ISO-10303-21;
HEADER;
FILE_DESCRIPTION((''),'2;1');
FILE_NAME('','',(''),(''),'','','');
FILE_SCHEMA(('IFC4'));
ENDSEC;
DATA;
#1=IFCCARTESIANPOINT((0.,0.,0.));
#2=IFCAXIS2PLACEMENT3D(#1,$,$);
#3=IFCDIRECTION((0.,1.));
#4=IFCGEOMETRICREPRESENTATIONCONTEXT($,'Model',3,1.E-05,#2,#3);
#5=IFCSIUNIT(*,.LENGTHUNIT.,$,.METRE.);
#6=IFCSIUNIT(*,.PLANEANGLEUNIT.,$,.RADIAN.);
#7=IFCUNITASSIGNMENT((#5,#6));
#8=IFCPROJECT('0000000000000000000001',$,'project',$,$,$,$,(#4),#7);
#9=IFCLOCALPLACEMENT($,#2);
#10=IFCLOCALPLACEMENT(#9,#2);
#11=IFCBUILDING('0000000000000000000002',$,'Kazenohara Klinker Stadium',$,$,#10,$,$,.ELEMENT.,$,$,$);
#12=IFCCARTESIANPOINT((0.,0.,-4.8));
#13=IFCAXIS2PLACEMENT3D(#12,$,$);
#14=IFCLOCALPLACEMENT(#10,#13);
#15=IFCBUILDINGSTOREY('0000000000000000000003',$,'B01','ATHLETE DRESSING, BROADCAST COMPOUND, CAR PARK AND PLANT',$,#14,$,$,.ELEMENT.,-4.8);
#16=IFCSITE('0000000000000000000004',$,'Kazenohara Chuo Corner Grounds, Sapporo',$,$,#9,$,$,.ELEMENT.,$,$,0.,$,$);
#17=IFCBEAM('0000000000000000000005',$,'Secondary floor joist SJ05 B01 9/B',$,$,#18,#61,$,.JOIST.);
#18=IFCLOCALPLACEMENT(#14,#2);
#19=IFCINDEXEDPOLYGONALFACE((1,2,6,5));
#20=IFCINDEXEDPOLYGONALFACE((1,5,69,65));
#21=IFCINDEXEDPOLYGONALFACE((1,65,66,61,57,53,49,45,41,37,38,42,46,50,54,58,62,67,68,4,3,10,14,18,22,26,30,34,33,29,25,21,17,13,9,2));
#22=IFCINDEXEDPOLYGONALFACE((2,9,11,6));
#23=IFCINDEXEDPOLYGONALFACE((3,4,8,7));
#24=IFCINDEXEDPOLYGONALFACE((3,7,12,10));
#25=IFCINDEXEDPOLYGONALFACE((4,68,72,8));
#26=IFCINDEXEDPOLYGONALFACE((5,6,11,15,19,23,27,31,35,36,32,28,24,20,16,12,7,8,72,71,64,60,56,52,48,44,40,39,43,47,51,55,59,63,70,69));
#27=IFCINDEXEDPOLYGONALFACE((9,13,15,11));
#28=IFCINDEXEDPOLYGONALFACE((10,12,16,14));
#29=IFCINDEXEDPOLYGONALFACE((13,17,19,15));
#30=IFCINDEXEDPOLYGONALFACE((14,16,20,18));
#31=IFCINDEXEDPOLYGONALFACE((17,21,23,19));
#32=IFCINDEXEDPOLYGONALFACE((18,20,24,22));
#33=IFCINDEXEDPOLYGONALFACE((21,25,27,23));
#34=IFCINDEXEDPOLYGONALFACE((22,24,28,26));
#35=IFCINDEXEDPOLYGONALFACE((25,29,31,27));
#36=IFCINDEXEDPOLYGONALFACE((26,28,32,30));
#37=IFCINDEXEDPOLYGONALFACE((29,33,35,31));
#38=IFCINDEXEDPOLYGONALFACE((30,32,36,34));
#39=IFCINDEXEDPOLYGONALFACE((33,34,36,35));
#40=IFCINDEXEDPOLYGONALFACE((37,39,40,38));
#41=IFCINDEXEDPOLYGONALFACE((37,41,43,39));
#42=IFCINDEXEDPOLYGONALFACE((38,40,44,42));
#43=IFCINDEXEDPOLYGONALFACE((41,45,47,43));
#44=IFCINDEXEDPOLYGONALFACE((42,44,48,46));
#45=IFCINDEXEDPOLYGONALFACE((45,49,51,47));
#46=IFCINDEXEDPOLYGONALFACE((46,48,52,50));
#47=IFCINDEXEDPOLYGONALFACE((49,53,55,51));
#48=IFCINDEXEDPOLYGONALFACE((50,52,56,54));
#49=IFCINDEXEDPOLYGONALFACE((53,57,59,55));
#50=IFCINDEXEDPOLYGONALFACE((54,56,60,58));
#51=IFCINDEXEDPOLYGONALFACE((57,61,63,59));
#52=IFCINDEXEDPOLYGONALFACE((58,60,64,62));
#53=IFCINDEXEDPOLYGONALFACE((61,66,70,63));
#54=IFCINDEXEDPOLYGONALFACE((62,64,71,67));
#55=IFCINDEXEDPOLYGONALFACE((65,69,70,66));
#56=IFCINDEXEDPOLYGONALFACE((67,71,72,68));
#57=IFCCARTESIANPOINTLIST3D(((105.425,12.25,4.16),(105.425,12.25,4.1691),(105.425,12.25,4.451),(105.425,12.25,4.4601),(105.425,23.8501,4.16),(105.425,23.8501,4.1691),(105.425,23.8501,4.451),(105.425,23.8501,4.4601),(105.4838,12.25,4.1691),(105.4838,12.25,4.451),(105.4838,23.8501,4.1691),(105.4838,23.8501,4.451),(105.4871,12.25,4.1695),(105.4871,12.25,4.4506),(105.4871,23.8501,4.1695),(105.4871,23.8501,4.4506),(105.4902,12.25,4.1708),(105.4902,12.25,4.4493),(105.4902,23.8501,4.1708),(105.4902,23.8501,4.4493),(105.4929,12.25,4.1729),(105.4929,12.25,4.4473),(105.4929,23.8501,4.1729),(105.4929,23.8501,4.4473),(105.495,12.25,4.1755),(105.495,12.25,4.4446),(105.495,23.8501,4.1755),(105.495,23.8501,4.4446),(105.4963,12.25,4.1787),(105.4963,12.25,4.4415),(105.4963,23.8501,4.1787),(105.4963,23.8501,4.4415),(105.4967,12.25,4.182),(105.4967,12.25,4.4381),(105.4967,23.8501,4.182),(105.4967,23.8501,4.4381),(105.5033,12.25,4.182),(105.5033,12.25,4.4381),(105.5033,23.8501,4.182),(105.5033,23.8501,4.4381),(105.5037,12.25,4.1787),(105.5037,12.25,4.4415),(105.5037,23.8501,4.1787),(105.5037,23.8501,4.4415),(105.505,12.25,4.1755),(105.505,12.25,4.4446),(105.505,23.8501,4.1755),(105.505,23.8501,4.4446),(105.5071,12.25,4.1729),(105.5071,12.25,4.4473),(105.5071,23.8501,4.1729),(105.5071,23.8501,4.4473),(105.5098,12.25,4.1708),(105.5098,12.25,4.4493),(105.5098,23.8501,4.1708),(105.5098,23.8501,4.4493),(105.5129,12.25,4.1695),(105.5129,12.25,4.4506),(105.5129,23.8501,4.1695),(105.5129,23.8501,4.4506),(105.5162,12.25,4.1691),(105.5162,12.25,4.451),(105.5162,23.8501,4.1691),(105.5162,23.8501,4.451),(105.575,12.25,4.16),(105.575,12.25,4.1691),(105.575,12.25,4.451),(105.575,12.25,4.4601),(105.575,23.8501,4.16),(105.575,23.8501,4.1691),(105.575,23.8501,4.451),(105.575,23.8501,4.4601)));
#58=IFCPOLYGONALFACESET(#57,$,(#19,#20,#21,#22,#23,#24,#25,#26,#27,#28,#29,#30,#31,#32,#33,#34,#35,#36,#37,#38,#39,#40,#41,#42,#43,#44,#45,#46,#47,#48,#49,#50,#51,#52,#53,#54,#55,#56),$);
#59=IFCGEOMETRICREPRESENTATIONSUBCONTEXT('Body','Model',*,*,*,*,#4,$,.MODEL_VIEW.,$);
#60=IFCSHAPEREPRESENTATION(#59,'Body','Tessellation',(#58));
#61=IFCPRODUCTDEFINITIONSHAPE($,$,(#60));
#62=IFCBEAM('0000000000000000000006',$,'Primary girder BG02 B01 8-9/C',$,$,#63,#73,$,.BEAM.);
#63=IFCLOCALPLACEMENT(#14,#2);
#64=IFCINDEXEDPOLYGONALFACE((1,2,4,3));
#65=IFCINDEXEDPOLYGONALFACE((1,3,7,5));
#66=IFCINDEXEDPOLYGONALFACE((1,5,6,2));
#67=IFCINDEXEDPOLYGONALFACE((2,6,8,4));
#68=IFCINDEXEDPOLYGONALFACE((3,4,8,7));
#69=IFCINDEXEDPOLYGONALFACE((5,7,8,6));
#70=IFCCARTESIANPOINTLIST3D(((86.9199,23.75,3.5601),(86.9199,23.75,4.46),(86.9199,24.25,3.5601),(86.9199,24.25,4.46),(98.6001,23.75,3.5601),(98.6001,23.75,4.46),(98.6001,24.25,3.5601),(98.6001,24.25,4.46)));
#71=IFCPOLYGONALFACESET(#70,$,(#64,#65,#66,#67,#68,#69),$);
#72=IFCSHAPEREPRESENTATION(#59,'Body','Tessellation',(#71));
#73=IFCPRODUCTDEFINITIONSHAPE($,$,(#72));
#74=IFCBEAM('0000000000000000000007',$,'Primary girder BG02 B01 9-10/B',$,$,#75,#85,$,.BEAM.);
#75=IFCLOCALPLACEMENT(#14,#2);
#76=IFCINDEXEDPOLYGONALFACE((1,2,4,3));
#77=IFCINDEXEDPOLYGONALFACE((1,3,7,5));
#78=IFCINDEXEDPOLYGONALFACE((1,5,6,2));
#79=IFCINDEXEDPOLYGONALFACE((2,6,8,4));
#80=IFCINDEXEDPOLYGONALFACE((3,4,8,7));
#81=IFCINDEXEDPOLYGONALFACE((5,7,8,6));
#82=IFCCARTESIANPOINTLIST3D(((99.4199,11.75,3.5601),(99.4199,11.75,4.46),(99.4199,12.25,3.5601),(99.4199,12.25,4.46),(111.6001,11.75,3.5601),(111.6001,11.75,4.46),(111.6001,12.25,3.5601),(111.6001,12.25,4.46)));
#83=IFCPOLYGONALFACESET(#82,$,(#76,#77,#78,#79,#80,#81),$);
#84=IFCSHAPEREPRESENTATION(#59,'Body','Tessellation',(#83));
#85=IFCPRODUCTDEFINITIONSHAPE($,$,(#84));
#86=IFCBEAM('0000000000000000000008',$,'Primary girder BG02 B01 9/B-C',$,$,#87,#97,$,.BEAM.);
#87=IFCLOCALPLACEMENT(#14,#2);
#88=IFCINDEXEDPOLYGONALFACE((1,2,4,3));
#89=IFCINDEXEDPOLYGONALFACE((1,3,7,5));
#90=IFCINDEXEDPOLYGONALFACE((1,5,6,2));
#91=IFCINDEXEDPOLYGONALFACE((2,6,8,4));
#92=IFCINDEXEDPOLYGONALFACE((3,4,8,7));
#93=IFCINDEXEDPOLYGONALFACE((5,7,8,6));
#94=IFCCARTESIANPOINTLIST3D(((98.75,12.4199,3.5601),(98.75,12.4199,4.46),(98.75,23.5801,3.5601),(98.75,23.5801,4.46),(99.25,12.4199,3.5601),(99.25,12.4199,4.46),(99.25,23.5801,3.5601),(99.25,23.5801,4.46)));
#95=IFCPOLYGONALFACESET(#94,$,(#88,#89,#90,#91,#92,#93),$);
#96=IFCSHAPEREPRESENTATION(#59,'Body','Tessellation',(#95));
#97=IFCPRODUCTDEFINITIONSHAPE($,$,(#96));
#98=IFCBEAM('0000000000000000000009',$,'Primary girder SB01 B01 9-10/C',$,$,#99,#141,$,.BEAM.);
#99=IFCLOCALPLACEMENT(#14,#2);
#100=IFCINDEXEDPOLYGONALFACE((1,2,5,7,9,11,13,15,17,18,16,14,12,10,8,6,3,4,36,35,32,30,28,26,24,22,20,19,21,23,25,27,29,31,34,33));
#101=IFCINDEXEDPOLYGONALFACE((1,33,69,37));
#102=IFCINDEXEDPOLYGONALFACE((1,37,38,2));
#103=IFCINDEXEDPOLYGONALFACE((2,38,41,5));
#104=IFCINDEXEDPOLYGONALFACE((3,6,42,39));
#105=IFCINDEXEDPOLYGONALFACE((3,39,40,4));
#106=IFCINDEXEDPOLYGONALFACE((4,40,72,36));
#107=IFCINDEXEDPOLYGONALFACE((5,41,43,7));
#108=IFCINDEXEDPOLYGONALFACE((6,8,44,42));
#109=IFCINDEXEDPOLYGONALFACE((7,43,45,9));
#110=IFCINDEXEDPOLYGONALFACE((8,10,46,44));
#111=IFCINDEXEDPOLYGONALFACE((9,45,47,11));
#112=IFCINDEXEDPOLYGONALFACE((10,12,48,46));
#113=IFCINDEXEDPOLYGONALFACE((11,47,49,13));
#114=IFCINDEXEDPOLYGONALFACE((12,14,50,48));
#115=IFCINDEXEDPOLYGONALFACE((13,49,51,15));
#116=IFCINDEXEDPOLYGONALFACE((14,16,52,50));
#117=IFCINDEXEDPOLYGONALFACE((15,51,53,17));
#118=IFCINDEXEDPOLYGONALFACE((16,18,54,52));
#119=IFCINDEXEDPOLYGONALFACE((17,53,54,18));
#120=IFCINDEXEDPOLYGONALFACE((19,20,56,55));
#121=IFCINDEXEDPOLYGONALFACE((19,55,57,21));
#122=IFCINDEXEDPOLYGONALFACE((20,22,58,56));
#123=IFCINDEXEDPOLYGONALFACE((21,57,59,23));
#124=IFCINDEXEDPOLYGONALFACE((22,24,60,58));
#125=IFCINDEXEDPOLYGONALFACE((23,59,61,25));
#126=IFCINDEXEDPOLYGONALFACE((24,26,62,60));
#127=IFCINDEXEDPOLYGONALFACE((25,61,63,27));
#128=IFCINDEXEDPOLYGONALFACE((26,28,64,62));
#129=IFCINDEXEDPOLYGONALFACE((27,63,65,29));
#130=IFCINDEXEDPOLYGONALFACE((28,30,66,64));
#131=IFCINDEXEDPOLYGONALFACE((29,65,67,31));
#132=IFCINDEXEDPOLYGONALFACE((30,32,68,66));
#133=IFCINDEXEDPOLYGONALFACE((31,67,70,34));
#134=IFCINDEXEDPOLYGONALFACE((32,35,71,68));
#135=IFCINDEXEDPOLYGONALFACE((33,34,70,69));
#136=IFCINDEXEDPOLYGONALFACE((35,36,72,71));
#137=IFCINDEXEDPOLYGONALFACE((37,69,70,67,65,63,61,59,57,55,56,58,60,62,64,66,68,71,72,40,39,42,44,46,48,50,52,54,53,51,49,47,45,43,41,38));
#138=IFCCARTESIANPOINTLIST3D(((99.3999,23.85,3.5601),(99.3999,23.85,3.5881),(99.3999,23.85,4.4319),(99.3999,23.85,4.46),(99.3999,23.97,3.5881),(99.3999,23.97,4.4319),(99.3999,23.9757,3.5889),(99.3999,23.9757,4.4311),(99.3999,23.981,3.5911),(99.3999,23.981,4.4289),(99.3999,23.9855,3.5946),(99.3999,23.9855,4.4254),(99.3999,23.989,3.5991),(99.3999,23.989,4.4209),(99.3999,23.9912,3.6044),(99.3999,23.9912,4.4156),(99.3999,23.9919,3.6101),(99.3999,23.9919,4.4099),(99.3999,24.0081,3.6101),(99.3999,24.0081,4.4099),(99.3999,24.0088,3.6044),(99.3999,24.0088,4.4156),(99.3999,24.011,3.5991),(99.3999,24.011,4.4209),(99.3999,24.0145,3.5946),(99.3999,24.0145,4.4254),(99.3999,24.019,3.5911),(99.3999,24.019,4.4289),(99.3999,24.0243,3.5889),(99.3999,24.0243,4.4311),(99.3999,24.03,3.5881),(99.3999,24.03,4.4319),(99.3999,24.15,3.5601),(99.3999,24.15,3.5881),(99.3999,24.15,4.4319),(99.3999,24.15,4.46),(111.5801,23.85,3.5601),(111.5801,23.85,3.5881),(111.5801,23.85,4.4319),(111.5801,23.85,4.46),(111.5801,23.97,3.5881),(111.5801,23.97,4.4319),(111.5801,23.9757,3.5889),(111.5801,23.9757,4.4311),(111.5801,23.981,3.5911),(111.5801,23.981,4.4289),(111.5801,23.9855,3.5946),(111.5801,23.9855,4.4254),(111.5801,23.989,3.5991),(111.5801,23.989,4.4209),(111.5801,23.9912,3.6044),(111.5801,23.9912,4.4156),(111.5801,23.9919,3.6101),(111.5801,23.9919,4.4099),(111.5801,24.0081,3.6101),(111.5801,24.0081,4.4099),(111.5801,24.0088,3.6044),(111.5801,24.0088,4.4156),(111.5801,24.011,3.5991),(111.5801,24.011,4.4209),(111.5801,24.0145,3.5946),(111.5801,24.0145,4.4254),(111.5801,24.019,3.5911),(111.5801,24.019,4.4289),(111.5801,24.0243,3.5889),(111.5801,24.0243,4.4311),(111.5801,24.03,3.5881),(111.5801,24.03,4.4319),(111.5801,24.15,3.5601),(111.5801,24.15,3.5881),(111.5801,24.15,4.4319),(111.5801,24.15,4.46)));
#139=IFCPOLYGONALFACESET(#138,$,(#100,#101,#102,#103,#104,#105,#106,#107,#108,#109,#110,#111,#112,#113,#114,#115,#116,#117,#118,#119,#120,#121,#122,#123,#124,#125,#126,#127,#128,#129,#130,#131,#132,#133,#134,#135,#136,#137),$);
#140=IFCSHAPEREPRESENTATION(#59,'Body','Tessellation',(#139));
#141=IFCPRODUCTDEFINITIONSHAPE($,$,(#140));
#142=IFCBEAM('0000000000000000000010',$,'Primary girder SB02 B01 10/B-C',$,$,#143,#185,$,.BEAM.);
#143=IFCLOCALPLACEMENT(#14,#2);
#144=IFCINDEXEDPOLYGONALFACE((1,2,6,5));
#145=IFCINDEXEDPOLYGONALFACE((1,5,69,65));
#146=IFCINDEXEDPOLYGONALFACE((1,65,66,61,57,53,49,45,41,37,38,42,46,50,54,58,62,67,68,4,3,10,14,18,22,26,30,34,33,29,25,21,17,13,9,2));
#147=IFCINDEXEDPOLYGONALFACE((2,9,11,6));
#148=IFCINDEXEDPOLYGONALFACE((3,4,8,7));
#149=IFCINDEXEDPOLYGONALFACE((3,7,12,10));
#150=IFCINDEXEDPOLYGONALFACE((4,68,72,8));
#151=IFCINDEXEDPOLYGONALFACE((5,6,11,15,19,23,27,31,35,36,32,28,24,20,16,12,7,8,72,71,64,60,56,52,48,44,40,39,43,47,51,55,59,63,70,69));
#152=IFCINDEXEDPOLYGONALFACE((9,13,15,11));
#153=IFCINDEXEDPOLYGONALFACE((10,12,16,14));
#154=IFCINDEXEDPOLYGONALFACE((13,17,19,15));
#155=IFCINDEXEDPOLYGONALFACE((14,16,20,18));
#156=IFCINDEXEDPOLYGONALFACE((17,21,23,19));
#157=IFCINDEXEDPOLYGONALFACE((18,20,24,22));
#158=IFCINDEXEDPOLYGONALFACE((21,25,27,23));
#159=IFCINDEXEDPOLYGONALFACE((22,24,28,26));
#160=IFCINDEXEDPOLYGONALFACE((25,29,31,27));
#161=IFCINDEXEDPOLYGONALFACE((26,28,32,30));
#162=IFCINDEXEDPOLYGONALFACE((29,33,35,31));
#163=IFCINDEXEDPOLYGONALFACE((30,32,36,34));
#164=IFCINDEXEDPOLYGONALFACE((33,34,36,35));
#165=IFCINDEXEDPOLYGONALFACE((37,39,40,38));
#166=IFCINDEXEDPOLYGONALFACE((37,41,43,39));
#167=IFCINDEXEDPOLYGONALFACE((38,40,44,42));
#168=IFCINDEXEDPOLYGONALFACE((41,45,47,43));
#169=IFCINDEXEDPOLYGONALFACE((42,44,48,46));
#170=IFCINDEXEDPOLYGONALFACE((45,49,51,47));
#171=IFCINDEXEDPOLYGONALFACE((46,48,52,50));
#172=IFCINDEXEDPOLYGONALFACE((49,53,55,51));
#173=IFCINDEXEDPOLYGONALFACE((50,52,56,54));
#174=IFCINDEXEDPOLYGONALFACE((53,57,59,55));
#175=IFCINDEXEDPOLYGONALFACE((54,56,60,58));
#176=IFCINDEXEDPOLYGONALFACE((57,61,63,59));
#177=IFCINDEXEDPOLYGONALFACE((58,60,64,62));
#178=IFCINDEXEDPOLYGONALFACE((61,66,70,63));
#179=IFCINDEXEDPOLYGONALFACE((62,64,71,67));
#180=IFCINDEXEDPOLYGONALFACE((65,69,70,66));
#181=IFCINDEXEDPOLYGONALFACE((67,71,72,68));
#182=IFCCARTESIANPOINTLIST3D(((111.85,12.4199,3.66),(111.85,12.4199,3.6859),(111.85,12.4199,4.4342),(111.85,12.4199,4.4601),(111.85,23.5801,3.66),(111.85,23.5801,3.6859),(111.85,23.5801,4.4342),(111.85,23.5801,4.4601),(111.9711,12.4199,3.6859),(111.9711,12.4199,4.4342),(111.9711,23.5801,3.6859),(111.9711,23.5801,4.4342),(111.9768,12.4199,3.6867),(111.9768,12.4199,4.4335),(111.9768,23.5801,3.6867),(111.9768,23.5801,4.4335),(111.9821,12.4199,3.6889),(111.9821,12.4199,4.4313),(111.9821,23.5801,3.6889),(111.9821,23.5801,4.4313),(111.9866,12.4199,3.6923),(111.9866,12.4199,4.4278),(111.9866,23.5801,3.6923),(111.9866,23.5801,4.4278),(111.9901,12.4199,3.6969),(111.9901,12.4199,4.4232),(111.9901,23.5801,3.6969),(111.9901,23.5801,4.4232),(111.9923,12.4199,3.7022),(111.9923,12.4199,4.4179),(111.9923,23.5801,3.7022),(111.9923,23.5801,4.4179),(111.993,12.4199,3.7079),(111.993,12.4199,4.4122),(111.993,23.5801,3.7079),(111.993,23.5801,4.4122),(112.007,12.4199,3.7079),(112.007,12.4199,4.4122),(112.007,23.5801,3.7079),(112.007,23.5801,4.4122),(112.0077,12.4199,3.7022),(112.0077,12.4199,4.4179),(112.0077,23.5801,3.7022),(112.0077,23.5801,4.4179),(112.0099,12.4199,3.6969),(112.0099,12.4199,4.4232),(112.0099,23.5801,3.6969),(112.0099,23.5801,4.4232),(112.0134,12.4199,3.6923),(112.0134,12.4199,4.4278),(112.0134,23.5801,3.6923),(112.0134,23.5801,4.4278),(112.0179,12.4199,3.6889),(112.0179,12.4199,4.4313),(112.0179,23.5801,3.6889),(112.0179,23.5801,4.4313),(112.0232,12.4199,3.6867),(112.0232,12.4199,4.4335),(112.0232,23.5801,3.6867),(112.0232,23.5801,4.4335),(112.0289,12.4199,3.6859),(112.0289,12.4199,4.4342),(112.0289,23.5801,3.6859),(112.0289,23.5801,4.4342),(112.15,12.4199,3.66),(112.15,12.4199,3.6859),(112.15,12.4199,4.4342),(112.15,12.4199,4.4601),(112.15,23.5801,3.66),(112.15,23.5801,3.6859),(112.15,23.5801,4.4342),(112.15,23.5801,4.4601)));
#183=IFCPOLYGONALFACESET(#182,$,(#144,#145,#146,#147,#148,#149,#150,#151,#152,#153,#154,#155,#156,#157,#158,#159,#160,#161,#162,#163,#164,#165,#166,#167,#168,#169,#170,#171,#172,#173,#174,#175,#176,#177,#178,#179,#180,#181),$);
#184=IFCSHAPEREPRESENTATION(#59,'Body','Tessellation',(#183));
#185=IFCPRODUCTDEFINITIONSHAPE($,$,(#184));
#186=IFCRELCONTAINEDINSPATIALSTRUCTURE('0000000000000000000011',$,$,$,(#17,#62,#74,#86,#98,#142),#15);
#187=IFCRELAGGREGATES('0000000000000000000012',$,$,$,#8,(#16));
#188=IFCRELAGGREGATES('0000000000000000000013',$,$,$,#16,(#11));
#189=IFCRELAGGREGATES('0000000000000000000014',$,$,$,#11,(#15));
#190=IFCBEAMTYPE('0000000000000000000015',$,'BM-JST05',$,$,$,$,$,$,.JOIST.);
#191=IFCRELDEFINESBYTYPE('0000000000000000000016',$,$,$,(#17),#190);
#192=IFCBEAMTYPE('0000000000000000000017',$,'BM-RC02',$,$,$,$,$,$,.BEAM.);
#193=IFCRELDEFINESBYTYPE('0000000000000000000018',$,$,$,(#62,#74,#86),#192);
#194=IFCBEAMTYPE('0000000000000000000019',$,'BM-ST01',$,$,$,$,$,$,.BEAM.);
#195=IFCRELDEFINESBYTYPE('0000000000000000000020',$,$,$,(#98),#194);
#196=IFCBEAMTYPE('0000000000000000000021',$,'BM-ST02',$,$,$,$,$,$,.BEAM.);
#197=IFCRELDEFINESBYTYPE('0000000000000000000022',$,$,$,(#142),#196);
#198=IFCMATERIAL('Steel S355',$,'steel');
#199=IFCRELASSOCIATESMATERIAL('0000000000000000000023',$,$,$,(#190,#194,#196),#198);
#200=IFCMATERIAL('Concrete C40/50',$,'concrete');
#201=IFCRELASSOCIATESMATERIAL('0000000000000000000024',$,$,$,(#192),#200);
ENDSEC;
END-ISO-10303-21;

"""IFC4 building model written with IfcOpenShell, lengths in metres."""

from ifc_helpers import new_model, si_unit, direction, frame, origin, origin_2d, place, context, subcontext, project, spatial, rectangle, i_section, extrude, material, material_profile, profile_set, type_object, element, save


model = new_model("IFC4")

# Units and contexts
model_context = context("Model", 3, precision=1e-05, world=origin(), true_north=direction((0.0, 1.0)))
body_context = subcontext(model_context, "Body", "Model", "MODEL_VIEW")
ifc_project = project(units=[si_unit("LENGTHUNIT", "METRE"), si_unit("PLANEANGLEUNIT", "RADIAN")], contexts=[model_context])

# Site, building, storey
site_placement = place(None, origin())
site = spatial("IfcSite", under=ifc_project, at=site_placement, Name="Kazenohara Chuo Corner Grounds, Sapporo", CompositionType="ELEMENT", RefElevation=0.0)
building_placement = place(site_placement, origin())
building = spatial("IfcBuilding", under=site, at=building_placement, Name="Kazenohara Klinker Stadium", CompositionType="ELEMENT")
storey_placement = place(building_placement, frame((0.0, 0.0, -4.8)))
storey = spatial("IfcBuildingStorey", under=building, at=storey_placement, Name="B01", Description="ATHLETE DRESSING, BROADCAST COMPOUND, CAR PARK AND PLANT", CompositionType="ELEMENT", Elevation=-4.8)

# Shared definitions
ifc_material_1 = material(Name="Concrete C40/50", Category="concrete")

# Beams
ifc_material_2 = material(Name="Steel S355", Category="steel")
ifc_material_profile_1 = material_profile(ifc_material_2, i_section(OverallWidth=0.1499, OverallDepth=0.3, WebThickness=0.0066, FlangeThickness=0.009, FilletRadius=0.0129, at=origin_2d()), Name="H-300x150x6.5x9")
ifc_profile_set_1 = profile_set([ifc_material_profile_1], Name="Steel S355")
beam_type_1 = type_object("IfcBeamType", Name="BM-JST05", PredefinedType="JOIST", material=ifc_profile_set_1)
beam_1_placement = place(storey_placement, frame((105.5, 12.25, 4.3101), z_axis=(0.0, 1.0, 0.0), x_axis=(-1.0, 0.0, 0.0)))
element("IfcBeam", 1, at=beam_1_placement, inside=storey, type_object=beam_type_1, Name="Secondary floor joist SJ05 B01 9/B", PredefinedType="JOIST", context=body_context, shape_type="SweptSolid", body=[
    extrude(i_section(OverallWidth=0.1499, OverallDepth=0.3, WebThickness=0.0066, FlangeThickness=0.009, FilletRadius=0.0129, at=origin_2d()), origin(), (0.0, 0.0, 1.0), 11.6001),
])
ifc_material_profile_2 = material_profile(ifc_material_1, rectangle(XDim=0.5, YDim=0.8999, at=origin_2d()), Name="RC-BM-500x900")
ifc_profile_set_2 = profile_set([ifc_material_profile_2], Name="Concrete C40/50")
beam_type_2 = type_object("IfcBeamType", Name="BM-RC02", PredefinedType="BEAM", material=ifc_profile_set_2)
beam_2_placement = place(storey_placement, frame((86.9199, 24.0, 4.01), z_axis=(1.0, 0.0, 0.0), x_axis=(0.0, 1.0, 0.0)))
element("IfcBeam", 2, at=beam_2_placement, inside=storey, type_object=beam_type_2, Name="Primary girder BG02 B01 8-9/C", PredefinedType="BEAM", context=body_context, shape_type="SweptSolid", body=[
    extrude(rectangle(XDim=0.5, YDim=0.8999, at=origin_2d()), origin(), (0.0, 0.0, 1.0), 11.6802),
])
beam_3_placement = place(storey_placement, frame((99.4199, 12.0, 4.01), z_axis=(1.0, 0.0, 0.0), x_axis=(0.0, 1.0, 0.0)))
element("IfcBeam", 3, at=beam_3_placement, inside=storey, type_object=beam_type_2, Name="Primary girder BG02 B01 9-10/B", PredefinedType="BEAM", context=body_context, shape_type="SweptSolid", body=[
    extrude(rectangle(XDim=0.5, YDim=0.8999, at=origin_2d()), origin(), (0.0, 0.0, 1.0), 12.1802),
])
beam_4_placement = place(storey_placement, frame((99.0, 12.4199, 4.01), z_axis=(0.0, 1.0, 0.0), x_axis=(-1.0, 0.0, 0.0)))
element("IfcBeam", 4, at=beam_4_placement, inside=storey, type_object=beam_type_2, Name="Primary girder BG02 B01 9/B-C", PredefinedType="BEAM", context=body_context, shape_type="SweptSolid", body=[
    extrude(rectangle(XDim=0.5, YDim=0.8999, at=origin_2d()), origin(), (0.0, 0.0, 1.0), 11.1602),
])
ifc_material_profile_3 = material_profile(ifc_material_2, i_section(OverallWidth=0.3, OverallDepth=0.8999, WebThickness=0.0161, FlangeThickness=0.0281, FilletRadius=0.022, at=origin_2d()), Name="H-900x300x16x28")
ifc_profile_set_3 = profile_set([ifc_material_profile_3], Name="Steel S355")
beam_type_3 = type_object("IfcBeamType", Name="BM-ST01", PredefinedType="BEAM", material=ifc_profile_set_3)
beam_5_placement = place(storey_placement, frame((99.3999, 24.0, 4.01), z_axis=(1.0, 0.0, 0.0), x_axis=(0.0, 1.0, 0.0)))
element("IfcBeam", 5, at=beam_5_placement, inside=storey, type_object=beam_type_3, Name="Primary girder SB01 B01 9-10/C", PredefinedType="BEAM", context=body_context, shape_type="SweptSolid", body=[
    extrude(i_section(OverallWidth=0.3, OverallDepth=0.8999, WebThickness=0.0161, FlangeThickness=0.0281, FilletRadius=0.022, at=origin_2d()), origin(), (0.0, 0.0, 1.0), 12.1802),
])
ifc_material_profile_4 = material_profile(ifc_material_2, i_section(OverallWidth=0.3, OverallDepth=0.8, WebThickness=0.0139, FlangeThickness=0.0259, FilletRadius=0.022, at=origin_2d()), Name="H-800x300x14x26")
ifc_profile_set_4 = profile_set([ifc_material_profile_4], Name="Steel S355")
beam_type_4 = type_object("IfcBeamType", Name="BM-ST02", PredefinedType="BEAM", material=ifc_profile_set_4)
beam_6_placement = place(storey_placement, frame((112.0, 12.4199, 4.0601), z_axis=(0.0, 1.0, 0.0), x_axis=(-1.0, 0.0, 0.0)))
element("IfcBeam", 6, at=beam_6_placement, inside=storey, type_object=beam_type_4, Name="Primary girder SB02 B01 10/B-C", PredefinedType="BEAM", context=body_context, shape_type="SweptSolid", body=[
    extrude(i_section(OverallWidth=0.3, OverallDepth=0.8, WebThickness=0.0139, FlangeThickness=0.0259, FilletRadius=0.022, at=origin_2d()), origin(), (0.0, 0.0, 1.0), 11.1602),
])

save(model, "model.ifc")
